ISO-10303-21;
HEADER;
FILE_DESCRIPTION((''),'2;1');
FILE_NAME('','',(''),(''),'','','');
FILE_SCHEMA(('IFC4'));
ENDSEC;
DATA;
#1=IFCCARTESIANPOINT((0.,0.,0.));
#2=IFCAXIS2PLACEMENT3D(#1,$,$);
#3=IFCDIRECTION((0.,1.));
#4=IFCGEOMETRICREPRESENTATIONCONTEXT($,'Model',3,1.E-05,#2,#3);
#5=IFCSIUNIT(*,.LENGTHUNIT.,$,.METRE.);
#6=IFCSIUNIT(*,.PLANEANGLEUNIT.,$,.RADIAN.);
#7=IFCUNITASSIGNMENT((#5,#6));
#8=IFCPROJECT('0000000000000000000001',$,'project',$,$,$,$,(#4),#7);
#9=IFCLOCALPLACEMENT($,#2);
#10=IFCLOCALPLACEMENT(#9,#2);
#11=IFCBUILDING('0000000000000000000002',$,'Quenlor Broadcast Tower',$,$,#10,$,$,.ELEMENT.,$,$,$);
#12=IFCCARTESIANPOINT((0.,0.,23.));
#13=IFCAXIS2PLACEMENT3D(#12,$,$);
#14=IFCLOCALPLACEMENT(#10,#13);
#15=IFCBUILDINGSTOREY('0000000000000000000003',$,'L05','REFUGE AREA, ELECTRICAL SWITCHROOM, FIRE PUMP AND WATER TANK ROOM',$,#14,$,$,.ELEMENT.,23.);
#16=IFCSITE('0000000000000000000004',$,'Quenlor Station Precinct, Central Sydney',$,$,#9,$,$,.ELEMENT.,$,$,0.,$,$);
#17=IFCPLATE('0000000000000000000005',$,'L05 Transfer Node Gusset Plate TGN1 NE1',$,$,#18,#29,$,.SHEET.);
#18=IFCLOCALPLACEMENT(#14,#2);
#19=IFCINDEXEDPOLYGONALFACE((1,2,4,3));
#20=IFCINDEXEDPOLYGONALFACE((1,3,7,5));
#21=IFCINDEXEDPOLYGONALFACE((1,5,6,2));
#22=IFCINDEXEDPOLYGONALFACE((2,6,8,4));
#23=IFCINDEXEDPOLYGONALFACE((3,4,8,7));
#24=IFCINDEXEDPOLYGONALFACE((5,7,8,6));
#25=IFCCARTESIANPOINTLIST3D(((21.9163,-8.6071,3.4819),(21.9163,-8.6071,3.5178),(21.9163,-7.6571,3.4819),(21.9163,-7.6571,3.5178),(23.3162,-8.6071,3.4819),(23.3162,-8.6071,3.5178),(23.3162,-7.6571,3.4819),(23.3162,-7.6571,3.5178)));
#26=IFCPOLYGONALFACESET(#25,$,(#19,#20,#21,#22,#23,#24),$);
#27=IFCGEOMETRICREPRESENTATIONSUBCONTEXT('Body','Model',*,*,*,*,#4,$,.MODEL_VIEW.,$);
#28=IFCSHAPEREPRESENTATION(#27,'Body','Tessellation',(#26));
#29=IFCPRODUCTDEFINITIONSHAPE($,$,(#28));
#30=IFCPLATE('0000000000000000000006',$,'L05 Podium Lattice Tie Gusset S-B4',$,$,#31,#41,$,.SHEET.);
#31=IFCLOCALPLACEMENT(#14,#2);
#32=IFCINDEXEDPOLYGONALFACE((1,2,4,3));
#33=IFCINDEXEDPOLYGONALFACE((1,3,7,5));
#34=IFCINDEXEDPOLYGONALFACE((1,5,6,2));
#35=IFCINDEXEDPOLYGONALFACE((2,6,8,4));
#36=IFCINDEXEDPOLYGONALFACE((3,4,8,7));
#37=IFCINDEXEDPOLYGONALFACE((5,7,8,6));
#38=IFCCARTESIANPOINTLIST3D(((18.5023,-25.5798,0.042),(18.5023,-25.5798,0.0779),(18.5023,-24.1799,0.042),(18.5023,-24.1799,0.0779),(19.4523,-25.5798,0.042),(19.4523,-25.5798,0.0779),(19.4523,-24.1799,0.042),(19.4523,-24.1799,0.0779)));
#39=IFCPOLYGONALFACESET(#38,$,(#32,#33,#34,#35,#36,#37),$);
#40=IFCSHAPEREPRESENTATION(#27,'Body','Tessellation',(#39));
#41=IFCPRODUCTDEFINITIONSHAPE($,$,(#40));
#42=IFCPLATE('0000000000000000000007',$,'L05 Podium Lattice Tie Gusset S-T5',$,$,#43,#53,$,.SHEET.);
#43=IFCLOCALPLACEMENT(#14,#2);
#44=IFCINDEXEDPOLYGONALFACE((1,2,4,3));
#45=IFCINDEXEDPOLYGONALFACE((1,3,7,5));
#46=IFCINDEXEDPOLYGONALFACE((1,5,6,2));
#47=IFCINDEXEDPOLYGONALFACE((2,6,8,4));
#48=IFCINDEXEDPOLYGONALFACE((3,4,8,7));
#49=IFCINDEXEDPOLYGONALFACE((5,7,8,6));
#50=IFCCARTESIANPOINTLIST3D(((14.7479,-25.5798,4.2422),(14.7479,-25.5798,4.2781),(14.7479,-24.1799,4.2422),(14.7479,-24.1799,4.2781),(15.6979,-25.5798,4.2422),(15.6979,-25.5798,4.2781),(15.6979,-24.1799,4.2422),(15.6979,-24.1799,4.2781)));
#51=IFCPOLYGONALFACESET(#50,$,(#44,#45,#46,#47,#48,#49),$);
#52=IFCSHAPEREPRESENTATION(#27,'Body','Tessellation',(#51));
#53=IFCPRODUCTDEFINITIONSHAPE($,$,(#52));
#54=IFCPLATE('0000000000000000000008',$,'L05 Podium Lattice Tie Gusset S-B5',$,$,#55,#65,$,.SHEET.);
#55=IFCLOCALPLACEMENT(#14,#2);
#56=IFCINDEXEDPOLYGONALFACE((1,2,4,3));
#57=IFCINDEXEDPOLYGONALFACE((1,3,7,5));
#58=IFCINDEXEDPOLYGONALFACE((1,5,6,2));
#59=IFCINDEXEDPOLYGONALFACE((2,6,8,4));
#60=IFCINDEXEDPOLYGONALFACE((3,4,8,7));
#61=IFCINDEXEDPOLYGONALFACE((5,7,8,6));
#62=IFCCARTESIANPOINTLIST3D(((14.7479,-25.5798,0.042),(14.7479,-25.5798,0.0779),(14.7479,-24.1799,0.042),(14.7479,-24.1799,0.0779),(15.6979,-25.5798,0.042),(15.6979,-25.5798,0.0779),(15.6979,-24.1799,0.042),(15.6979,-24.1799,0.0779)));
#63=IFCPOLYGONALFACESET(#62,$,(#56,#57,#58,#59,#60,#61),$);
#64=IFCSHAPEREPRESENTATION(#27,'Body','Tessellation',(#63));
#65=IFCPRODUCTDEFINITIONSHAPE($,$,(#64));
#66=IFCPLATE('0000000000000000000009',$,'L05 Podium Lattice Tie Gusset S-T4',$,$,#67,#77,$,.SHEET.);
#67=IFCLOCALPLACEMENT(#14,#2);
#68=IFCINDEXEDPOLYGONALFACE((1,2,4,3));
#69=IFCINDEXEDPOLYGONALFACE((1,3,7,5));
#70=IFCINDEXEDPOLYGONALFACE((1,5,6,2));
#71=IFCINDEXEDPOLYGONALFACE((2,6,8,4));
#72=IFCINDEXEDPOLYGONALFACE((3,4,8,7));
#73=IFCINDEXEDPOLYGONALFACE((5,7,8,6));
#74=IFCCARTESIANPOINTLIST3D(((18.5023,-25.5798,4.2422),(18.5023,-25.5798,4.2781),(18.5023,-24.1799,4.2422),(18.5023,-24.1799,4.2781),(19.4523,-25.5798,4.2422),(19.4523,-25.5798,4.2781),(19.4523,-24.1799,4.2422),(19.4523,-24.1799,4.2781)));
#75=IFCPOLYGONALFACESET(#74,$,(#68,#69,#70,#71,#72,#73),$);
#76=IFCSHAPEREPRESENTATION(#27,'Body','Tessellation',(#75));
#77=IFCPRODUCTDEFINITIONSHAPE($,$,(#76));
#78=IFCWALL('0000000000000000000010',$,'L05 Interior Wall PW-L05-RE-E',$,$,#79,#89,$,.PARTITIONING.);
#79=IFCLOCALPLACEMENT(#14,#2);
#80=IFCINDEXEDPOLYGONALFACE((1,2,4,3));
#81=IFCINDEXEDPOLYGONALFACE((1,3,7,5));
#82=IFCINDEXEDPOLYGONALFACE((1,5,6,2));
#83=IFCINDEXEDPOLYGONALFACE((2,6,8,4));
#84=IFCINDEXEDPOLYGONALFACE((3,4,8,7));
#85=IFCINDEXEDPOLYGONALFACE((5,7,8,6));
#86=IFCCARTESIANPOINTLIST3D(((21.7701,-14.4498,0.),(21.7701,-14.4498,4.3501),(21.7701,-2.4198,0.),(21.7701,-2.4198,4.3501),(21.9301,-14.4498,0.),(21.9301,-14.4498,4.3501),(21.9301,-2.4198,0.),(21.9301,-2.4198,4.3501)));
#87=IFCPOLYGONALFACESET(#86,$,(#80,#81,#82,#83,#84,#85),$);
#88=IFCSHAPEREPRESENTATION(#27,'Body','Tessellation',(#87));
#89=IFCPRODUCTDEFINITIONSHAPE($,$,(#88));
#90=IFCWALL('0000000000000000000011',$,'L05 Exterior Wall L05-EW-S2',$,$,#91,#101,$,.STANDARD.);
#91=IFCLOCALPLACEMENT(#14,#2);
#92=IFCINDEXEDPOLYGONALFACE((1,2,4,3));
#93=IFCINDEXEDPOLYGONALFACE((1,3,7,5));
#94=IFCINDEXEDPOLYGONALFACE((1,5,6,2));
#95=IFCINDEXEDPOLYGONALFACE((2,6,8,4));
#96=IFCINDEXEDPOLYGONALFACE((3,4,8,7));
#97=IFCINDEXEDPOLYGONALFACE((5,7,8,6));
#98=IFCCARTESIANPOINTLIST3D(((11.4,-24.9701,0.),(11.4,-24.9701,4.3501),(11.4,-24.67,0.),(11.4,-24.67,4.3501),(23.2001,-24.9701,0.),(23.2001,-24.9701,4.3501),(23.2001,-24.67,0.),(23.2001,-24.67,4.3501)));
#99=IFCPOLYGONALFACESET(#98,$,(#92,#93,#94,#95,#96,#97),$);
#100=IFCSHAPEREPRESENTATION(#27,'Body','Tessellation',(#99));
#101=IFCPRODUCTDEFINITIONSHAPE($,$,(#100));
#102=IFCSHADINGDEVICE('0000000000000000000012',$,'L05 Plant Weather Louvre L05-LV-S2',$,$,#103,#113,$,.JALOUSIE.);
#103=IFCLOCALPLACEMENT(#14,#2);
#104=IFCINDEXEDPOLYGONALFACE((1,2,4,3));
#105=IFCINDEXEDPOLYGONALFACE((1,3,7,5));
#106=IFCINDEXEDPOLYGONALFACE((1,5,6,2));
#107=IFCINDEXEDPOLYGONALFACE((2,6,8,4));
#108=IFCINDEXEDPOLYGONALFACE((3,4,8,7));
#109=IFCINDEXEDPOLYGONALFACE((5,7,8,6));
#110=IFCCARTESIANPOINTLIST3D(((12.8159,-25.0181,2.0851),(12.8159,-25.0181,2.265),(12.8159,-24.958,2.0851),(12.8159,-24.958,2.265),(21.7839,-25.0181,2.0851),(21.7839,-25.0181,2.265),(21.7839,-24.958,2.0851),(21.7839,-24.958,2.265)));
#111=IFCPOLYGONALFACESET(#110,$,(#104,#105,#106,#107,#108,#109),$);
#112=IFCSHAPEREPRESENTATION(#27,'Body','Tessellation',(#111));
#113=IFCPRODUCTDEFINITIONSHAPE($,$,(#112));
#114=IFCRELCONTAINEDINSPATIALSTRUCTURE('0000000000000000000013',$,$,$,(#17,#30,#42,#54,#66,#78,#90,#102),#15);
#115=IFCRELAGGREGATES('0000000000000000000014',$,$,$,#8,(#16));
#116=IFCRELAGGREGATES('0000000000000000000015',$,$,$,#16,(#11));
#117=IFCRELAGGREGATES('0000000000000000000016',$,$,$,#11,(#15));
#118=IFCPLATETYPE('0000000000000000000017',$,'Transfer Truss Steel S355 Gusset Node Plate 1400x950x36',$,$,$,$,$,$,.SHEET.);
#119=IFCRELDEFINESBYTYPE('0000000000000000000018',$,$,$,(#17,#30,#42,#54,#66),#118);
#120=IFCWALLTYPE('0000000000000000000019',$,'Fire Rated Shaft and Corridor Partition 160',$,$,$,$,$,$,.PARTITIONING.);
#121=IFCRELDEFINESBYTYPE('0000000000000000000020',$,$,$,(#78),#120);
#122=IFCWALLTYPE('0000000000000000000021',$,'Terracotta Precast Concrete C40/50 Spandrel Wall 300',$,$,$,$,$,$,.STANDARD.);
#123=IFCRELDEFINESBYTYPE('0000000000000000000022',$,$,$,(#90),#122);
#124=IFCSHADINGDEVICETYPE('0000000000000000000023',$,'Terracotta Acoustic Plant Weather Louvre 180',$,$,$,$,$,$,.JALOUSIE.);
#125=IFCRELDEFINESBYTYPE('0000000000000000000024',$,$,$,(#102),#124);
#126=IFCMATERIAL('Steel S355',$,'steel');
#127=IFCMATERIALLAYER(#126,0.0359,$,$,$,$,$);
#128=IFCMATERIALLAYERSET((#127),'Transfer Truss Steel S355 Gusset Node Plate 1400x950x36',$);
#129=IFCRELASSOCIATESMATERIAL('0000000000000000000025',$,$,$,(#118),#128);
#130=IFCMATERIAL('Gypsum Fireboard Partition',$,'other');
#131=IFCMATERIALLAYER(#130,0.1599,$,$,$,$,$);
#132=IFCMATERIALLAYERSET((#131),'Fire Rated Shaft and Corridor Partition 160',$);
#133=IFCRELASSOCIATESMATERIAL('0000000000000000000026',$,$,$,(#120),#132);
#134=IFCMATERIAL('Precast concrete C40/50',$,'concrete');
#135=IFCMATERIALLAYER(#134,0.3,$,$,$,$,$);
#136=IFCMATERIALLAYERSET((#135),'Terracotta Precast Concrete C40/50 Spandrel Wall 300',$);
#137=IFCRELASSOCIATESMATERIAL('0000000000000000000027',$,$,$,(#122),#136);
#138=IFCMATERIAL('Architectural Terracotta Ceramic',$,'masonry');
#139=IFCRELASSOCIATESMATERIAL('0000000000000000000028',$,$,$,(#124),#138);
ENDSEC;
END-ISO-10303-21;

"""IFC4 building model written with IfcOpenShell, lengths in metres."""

from ifc_helpers import new_model, si_unit, direction, frame, frame_2d, origin, origin_2d, place, context, subcontext, project, spatial, rectangle, extrude, material, layer, layer_set, material_profile, profile_set, type_object, element, save


model = new_model("IFC4")

# Units and contexts
model_context = context("Model", 3, precision=1e-05, world=origin(), true_north=direction((0.0, 1.0)))
body_context = subcontext(model_context, "Body", "Model", "MODEL_VIEW")
ifc_project = project(units=[si_unit("LENGTHUNIT", "METRE"), si_unit("PLANEANGLEUNIT", "RADIAN")], contexts=[model_context])

# Site, building, storey
site_placement = place(None, origin())
site = spatial("IfcSite", under=ifc_project, at=site_placement, Name="Quenlor Station Precinct, Central Sydney", CompositionType="ELEMENT", RefElevation=0.0)
building_placement = place(site_placement, origin())
building = spatial("IfcBuilding", under=site, at=building_placement, Name="Quenlor Broadcast Tower", CompositionType="ELEMENT")
storey_placement = place(building_placement, frame((0.0, 0.0, 23.0)))
storey = spatial("IfcBuildingStorey", under=building, at=storey_placement, Name="L05", Description="REFUGE AREA, ELECTRICAL SWITCHROOM, FIRE PUMP AND WATER TANK ROOM", CompositionType="ELEMENT", Elevation=23.0)

# Plates
ifc_material_1 = material(Name="Steel S355", Category="steel")
ifc_layer_1 = layer(ifc_material_1, 0.0359)
ifc_layer_set_1 = layer_set([ifc_layer_1], Name="Transfer Truss Steel S355 Gusset Node Plate 1400x950x36")
plate_type_1 = type_object("IfcPlateType", Name="Transfer Truss Steel S355 Gusset Node Plate 1400x950x36", PredefinedType="SHEET", material=ifc_layer_set_1)
for number, where, z_axis, x_axis, name in (
    (1, (22.6162, -8.1321, 3.4819), (0.0, 0.0, 1.0), (1.0, 0.0, 0.0), "L05 Transfer Node Gusset Plate TGN1 NE1"),
    (2, (18.9773, -24.8799, 0.042), (0.0, 0.0, 1.0), (0.0, -1.0, 0.0), "L05 Podium Lattice Tie Gusset S-B4"),
    (3, (15.2229, -24.8799, 4.2422), (0.0, 0.0, 1.0), (0.0, -1.0, 0.0), "L05 Podium Lattice Tie Gusset S-T5"),
    (4, (15.2229, -24.8799, 0.042), (0.0, 0.0, 1.0), (0.0, -1.0, 0.0), "L05 Podium Lattice Tie Gusset S-B5"),
    (5, (18.9773, -24.8799, 4.2422), (0.0, 0.0, 1.0), (0.0, -1.0, 0.0), "L05 Podium Lattice Tie Gusset S-T4"),
):
    element("IfcPlate", number, at=place(storey_placement, frame(where, z_axis=z_axis, x_axis=x_axis)), inside=storey, type_object=plate_type_1, Name=name, PredefinedType="SHEET", context=body_context, shape_type="SweptSolid", body=[
        extrude(rectangle(XDim=1.3999, YDim=0.95, at=origin_2d()), origin(), (0.0, 0.0, 1.0), 0.0359),
    ])

# Walls
ifc_material_2 = material(Name="Gypsum Fireboard Partition", Category="other")
ifc_layer_2 = layer(ifc_material_2, 0.1599)
ifc_layer_set_2 = layer_set([ifc_layer_2], Name="Fire Rated Shaft and Corridor Partition 160")
wall_type_1 = type_object("IfcWallType", Name="Fire Rated Shaft and Corridor Partition 160", PredefinedType="PARTITIONING", material=ifc_layer_set_2)
wall_1_placement = place(storey_placement, frame((21.8501, -14.45, 0.0), z_axis=(0.0, 0.0, 1.0), x_axis=(0.0, 1.0, 0.0)))
element("IfcWall", 6, at=wall_1_placement, inside=storey, type_object=wall_type_1, Name="L05 Interior Wall PW-L05-RE-E", PredefinedType="PARTITIONING", context=body_context, shape_type="SweptSolid", body=[
    extrude(rectangle(XDim=12.03, YDim=0.1599, at=frame_2d((6.0151, 0.0))), origin(), (0.0, 0.0, 1.0), 4.3501),
])
ifc_material_3 = material(Name="Precast concrete C40/50", Category="concrete")
ifc_layer_3 = layer(ifc_material_3, 0.3)
ifc_layer_set_3 = layer_set([ifc_layer_3], Name="Terracotta Precast Concrete C40/50 Spandrel Wall 300")
wall_type_2 = type_object("IfcWallType", Name="Terracotta Precast Concrete C40/50 Spandrel Wall 300", PredefinedType="STANDARD", material=ifc_layer_set_3)
wall_2_placement = place(storey_placement, frame((23.2, -24.8201, 0.0), z_axis=(0.0, 0.0, 1.0), x_axis=(-1.0, 0.0, 0.0)))
element("IfcWall", 7, at=wall_2_placement, inside=storey, type_object=wall_type_2, Name="L05 Exterior Wall L05-EW-S2", PredefinedType="STANDARD", context=body_context, shape_type="SweptSolid", body=[
    extrude(rectangle(XDim=11.8, YDim=0.3, at=frame_2d((5.8999, 0.0))), origin(), (0.0, 0.0, 1.0), 4.3501),
])

# Shading device
ifc_material_4 = material(Name="Architectural Terracotta Ceramic", Category="masonry")
ifc_material_profile_1 = material_profile(ifc_material_4, rectangle(XDim=0.0601, YDim=0.1799, at=origin_2d()))
ifc_profile_set_1 = profile_set([ifc_material_profile_1], Name="Architectural Terracotta Ceramic LVR60x180")
shading_device_type = type_object("IfcShadingDeviceType", Name="Terracotta Acoustic Plant Weather Louvre 180", PredefinedType="JALOUSIE", material=ifc_profile_set_1)
shading_device_placement = place(storey_placement, frame((21.7839, -24.988, 2.175), z_axis=(-1.0, 0.0, 0.0), x_axis=(0.0, -1.0, 0.0)))
element("IfcShadingDevice", 8, at=shading_device_placement, inside=storey, type_object=shading_device_type, Name="L05 Plant Weather Louvre L05-LV-S2", PredefinedType="JALOUSIE", context=body_context, shape_type="SweptSolid", body=[
    extrude(rectangle(XDim=0.0601, YDim=0.1799, at=origin_2d()), origin(), (0.0, 0.0, 1.0), 8.968),
])

save(model, "model.ifc")
